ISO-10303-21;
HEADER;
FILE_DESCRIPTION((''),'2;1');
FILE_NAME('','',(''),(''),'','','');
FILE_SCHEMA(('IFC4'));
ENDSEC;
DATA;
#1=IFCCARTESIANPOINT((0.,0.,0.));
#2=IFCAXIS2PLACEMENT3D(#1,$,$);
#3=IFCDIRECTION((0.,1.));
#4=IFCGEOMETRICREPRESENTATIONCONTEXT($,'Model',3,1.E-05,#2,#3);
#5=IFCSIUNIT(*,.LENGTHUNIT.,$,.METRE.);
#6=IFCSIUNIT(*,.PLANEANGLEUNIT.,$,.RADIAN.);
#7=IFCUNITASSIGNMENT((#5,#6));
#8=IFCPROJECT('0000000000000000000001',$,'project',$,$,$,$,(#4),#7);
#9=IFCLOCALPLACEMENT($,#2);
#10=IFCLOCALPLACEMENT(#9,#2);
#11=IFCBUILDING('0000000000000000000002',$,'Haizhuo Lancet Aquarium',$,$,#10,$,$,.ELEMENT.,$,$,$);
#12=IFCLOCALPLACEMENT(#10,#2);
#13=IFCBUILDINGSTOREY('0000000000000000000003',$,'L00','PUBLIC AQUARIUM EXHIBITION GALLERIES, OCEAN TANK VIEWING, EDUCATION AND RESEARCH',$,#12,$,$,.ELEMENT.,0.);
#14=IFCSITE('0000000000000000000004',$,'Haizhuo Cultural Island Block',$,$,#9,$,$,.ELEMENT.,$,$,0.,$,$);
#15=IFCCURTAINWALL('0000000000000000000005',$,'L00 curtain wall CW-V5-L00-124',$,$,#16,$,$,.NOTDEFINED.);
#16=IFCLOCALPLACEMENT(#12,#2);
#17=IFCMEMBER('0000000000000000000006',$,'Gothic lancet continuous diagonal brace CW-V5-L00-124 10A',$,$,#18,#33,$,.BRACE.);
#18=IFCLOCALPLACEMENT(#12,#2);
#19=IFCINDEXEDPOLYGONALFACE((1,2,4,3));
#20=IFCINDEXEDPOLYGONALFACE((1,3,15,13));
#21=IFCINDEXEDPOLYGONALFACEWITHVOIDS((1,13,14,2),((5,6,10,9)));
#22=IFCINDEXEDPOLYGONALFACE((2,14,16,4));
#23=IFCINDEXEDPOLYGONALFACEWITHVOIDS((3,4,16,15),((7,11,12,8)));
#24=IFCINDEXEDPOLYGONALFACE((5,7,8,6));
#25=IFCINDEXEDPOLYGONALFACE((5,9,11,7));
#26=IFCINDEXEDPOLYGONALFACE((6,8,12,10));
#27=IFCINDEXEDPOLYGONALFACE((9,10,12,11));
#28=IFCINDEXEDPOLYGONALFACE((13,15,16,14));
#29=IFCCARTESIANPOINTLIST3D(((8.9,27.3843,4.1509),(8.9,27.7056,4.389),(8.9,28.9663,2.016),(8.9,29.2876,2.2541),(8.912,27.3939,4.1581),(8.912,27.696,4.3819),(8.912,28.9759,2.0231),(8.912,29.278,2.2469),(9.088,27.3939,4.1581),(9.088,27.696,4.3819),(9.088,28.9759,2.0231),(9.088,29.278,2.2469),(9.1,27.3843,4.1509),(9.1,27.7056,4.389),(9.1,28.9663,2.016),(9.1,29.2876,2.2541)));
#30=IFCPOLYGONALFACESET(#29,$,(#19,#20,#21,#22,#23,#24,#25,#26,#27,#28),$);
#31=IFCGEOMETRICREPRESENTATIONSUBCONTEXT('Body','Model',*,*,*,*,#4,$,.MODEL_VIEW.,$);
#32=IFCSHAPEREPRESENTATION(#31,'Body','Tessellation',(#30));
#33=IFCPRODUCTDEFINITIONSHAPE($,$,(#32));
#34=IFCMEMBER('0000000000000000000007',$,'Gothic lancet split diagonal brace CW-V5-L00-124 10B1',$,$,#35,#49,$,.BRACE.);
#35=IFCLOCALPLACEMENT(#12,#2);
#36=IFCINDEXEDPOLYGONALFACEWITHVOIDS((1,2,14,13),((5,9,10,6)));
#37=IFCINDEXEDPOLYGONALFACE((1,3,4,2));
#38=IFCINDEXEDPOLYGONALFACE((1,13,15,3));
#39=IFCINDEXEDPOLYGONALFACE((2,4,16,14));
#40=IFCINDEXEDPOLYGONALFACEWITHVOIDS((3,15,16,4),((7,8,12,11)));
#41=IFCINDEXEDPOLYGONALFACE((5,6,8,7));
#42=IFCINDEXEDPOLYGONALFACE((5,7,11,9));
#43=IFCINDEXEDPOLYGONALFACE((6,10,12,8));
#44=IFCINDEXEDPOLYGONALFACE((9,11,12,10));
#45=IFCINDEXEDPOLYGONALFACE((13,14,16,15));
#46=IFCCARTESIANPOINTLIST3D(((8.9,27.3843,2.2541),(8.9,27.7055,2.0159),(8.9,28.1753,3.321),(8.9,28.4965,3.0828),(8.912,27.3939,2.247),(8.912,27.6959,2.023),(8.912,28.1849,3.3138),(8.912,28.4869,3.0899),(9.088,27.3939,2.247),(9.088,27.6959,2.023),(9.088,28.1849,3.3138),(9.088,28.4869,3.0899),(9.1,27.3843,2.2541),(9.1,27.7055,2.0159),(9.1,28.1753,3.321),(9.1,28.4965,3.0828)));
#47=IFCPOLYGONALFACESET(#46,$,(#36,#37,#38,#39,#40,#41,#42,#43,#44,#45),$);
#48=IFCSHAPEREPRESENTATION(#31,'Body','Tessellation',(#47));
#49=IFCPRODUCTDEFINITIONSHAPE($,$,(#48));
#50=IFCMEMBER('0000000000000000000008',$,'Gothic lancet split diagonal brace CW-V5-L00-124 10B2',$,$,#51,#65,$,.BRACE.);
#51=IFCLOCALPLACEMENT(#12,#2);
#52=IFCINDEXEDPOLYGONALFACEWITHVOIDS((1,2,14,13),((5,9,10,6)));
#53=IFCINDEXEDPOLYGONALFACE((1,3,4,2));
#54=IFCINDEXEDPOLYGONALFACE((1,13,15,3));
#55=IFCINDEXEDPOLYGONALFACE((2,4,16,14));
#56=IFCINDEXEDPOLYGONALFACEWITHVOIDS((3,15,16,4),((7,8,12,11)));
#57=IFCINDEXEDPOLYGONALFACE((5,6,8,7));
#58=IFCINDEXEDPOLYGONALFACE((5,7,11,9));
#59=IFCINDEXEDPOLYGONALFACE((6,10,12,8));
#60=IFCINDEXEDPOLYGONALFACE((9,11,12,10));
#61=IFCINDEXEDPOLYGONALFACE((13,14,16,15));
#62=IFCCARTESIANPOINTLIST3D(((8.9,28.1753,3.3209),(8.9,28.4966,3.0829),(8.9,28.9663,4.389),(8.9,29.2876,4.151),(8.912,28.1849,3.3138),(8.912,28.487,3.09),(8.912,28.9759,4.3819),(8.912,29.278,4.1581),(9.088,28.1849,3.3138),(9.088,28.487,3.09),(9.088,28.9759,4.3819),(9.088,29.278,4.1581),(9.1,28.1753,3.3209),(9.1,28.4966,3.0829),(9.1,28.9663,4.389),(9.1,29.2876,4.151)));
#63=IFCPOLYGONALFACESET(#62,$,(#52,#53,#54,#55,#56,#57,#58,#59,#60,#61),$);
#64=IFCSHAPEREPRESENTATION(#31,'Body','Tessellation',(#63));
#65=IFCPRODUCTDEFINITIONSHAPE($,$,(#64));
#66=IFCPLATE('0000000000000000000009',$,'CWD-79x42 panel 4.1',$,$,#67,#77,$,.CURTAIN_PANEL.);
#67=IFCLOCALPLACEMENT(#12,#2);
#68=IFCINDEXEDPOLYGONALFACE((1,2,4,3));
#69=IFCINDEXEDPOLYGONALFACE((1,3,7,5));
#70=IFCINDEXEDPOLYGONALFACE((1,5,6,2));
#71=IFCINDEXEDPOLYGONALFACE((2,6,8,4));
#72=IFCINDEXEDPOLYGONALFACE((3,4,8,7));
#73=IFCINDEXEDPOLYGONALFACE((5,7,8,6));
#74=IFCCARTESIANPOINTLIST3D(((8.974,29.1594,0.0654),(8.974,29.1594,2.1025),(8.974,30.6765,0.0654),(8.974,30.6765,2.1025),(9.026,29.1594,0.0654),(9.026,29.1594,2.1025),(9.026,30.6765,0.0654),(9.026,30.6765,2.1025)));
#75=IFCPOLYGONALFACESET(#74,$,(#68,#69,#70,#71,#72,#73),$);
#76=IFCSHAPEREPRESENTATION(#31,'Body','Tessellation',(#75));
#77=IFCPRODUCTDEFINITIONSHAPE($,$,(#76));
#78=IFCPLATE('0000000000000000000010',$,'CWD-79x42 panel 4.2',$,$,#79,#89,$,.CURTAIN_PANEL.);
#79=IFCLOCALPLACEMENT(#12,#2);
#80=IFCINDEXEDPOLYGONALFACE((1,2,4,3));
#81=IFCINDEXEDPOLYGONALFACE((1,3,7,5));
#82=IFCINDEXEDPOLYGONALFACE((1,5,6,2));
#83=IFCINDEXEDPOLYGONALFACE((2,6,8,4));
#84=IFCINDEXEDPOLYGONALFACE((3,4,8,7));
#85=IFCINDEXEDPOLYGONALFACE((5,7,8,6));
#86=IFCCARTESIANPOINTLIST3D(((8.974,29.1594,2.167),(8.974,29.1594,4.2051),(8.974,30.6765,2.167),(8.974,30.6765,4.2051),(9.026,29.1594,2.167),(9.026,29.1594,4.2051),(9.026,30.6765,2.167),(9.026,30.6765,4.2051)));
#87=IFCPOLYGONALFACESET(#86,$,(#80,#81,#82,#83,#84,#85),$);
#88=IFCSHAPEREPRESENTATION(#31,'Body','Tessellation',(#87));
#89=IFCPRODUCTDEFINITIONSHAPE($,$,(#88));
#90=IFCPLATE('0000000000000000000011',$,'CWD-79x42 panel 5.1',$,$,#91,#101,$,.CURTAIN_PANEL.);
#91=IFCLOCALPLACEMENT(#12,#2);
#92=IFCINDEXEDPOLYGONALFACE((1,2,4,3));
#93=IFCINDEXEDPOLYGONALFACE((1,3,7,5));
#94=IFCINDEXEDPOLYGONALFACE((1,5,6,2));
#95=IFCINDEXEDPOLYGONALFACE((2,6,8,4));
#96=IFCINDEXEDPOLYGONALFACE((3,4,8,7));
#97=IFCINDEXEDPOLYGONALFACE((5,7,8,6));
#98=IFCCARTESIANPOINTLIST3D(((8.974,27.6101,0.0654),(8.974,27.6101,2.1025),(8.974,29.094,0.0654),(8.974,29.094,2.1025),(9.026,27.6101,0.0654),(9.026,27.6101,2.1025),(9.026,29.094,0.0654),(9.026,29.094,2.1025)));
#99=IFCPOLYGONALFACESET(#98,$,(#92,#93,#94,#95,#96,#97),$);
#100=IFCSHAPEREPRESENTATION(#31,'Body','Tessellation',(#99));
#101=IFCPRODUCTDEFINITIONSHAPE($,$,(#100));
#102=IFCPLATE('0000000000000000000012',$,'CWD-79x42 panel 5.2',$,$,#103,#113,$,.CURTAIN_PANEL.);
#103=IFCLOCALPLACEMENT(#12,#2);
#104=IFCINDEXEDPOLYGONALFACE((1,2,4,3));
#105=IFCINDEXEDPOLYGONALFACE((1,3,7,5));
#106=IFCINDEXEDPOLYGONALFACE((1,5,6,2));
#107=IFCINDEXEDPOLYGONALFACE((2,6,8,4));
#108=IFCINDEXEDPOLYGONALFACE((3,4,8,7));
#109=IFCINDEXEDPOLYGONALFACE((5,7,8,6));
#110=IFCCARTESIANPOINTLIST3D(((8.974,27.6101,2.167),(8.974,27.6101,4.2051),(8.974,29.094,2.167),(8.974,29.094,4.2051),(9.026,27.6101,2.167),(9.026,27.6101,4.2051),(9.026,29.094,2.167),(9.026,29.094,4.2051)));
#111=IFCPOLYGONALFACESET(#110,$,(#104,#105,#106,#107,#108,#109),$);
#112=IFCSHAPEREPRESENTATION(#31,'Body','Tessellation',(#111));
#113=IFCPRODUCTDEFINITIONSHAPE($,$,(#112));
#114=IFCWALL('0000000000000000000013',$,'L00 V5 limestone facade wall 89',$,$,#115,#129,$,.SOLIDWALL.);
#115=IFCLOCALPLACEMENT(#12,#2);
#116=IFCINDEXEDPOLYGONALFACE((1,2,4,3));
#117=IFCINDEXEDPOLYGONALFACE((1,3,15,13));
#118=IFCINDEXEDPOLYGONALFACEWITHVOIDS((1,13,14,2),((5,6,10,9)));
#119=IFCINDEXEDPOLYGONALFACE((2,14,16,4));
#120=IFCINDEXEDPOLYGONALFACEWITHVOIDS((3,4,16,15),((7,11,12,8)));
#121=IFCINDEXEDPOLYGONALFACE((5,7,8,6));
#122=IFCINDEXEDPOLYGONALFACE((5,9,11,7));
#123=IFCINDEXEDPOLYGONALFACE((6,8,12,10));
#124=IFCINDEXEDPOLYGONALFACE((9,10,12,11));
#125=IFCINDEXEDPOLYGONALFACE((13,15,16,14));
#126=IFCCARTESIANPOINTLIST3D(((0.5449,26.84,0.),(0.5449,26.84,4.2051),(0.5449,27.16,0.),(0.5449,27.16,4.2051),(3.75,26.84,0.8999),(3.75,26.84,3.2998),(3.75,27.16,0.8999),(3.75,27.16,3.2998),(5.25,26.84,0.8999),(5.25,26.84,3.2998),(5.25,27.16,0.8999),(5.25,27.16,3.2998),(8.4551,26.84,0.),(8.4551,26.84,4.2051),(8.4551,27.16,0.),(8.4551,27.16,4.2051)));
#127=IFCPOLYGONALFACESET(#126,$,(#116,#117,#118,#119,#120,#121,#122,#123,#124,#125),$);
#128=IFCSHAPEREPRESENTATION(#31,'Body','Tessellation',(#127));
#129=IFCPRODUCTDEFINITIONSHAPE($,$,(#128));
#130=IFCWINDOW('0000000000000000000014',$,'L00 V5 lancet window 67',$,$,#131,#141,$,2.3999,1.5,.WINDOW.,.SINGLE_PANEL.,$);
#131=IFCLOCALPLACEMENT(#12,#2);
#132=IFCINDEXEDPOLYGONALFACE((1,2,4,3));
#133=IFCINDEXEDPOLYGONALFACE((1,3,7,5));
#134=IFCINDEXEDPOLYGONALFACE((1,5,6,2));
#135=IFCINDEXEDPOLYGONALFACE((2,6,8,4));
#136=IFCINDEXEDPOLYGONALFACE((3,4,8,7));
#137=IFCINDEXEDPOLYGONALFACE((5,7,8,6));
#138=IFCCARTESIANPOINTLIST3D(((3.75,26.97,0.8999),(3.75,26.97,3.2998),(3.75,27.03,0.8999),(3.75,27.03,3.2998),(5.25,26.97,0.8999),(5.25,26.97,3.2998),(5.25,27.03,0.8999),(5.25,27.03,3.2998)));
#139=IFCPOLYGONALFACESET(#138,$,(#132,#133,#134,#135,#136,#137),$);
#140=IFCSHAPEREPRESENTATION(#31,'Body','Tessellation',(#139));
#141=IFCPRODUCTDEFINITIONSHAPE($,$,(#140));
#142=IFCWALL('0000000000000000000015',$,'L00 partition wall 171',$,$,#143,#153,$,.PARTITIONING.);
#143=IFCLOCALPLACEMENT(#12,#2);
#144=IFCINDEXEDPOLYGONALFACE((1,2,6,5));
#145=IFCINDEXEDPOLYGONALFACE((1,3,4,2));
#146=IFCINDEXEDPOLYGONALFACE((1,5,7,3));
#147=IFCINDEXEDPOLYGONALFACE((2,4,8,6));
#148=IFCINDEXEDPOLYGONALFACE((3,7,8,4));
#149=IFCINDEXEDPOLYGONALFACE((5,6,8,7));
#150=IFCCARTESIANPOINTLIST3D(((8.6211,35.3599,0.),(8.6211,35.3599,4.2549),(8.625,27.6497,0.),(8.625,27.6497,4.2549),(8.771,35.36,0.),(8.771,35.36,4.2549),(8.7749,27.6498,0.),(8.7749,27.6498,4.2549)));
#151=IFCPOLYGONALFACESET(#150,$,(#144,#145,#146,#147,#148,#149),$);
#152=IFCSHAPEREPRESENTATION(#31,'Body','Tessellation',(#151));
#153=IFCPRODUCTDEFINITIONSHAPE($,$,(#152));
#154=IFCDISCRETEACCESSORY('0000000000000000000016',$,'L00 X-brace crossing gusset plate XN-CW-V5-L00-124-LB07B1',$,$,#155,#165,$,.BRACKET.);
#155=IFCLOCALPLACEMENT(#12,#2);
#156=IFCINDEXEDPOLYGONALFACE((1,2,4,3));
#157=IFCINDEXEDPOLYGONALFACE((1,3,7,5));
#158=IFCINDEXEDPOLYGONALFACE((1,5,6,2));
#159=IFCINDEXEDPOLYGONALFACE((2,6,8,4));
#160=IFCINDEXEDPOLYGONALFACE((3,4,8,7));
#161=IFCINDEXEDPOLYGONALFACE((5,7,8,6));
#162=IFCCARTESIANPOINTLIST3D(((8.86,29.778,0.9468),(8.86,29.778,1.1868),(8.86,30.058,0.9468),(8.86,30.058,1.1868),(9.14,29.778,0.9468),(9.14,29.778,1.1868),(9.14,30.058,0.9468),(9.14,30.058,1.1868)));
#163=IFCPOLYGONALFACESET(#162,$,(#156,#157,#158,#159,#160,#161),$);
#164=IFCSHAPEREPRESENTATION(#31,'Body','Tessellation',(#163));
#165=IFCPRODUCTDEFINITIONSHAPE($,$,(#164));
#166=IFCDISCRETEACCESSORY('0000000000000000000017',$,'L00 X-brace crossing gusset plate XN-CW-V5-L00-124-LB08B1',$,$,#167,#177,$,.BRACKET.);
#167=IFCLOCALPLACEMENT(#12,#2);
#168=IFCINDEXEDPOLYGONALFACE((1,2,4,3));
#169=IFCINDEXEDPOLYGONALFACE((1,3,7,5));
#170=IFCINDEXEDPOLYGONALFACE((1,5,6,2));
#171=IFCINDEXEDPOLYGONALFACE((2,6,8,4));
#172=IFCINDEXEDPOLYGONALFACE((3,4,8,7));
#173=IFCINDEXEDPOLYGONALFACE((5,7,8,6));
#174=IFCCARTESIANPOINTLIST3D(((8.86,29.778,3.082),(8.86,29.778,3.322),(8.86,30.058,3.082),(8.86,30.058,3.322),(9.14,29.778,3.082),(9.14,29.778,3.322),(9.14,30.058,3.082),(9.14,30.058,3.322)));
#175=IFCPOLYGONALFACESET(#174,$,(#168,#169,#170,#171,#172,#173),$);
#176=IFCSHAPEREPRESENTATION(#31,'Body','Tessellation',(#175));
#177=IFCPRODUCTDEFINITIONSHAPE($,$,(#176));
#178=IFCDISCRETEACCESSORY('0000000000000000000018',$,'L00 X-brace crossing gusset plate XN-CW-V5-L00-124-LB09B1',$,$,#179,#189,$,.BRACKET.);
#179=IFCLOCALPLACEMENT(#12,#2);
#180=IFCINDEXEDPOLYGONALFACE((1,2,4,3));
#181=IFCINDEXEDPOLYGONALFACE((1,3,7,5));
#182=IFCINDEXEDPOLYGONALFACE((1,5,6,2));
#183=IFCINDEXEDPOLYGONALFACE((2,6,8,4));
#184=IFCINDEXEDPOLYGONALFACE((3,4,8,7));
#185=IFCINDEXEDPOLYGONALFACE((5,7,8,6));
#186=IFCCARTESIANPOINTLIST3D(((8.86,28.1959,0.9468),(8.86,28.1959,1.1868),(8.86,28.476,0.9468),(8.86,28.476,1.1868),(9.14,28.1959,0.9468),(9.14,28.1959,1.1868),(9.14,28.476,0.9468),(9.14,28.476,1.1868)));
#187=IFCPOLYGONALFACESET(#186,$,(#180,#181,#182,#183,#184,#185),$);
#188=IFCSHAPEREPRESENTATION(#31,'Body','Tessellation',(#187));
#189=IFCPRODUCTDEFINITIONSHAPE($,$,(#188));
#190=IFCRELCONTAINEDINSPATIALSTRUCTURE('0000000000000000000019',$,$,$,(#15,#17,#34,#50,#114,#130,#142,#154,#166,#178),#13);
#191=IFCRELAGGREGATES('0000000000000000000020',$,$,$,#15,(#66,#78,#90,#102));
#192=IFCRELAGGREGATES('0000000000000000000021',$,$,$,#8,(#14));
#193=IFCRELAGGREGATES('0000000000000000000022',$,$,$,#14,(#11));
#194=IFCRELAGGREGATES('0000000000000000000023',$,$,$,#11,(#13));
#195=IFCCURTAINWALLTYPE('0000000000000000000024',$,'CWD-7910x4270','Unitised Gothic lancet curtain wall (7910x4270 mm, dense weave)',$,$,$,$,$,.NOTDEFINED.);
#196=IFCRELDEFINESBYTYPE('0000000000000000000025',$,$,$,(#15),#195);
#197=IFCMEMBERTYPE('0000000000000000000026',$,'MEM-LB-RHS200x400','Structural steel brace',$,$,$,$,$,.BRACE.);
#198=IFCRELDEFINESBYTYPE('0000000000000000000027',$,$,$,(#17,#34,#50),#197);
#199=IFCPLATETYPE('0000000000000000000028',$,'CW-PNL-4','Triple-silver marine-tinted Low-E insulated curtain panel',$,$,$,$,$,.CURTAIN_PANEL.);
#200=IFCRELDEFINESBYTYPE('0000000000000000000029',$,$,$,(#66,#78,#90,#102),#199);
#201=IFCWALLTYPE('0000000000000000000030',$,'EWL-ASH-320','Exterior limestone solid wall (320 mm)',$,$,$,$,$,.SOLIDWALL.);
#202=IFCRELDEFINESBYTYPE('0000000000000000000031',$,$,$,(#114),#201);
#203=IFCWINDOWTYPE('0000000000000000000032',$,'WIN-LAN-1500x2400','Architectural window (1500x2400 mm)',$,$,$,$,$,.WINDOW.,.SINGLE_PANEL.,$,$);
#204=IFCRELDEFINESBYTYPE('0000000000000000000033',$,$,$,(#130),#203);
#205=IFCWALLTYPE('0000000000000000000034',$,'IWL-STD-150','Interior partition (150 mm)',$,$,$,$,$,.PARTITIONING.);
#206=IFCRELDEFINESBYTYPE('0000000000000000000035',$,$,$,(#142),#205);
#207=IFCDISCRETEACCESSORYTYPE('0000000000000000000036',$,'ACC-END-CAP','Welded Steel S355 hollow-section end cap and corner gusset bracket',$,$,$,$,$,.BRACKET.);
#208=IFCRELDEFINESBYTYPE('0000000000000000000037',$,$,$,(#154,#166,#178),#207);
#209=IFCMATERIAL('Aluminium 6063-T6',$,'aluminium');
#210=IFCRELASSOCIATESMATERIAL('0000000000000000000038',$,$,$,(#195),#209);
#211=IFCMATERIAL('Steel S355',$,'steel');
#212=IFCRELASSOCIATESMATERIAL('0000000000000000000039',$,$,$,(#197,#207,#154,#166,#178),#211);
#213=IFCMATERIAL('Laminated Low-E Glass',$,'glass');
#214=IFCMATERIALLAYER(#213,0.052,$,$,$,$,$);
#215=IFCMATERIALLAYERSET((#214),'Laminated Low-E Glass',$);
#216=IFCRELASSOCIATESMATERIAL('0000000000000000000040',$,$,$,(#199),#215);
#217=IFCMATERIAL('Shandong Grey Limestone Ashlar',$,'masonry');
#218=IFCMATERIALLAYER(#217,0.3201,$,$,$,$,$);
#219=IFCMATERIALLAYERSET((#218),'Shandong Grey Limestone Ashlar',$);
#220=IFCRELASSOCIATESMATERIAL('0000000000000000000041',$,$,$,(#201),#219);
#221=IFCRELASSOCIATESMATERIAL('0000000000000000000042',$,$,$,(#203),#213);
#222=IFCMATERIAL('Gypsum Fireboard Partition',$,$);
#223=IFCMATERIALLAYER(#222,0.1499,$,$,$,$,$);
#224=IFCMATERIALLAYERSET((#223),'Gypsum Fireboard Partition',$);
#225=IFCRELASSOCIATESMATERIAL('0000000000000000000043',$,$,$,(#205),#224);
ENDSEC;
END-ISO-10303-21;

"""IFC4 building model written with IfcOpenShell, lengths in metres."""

from ifc_helpers import new_model, si_unit, direction, frame, frame_2d, origin, origin_2d, place, context, subcontext, project, spatial, rectangle, hollow_rectangle, extrude, material, layer, layer_set, material_profile, profile_set, type_object, element, fill, aggregate, save


model = new_model("IFC4")

# Units and contexts
model_context = context("Model", 3, precision=1e-05, world=origin(), true_north=direction((0.0, 1.0)))
body_context = subcontext(model_context, "Body", "Model", "MODEL_VIEW")
ifc_project = project(units=[si_unit("LENGTHUNIT", "METRE"), si_unit("PLANEANGLEUNIT", "RADIAN")], contexts=[model_context])

# Site, building, storey
site_placement = place(None, origin())
site = spatial("IfcSite", under=ifc_project, at=site_placement, Name="Haizhuo Cultural Island Block", CompositionType="ELEMENT", RefElevation=0.0)
building_placement = place(site_placement, origin())
building = spatial("IfcBuilding", under=site, at=building_placement, Name="Haizhuo Lancet Aquarium", CompositionType="ELEMENT")
storey_placement = place(building_placement, origin())
storey = spatial("IfcBuildingStorey", under=building, at=storey_placement, Name="L00", Description="PUBLIC AQUARIUM EXHIBITION GALLERIES, OCEAN TANK VIEWING, EDUCATION AND RESEARCH", CompositionType="ELEMENT", Elevation=0.0)

# Curtain wall
ifc_material_1 = material(Name="Aluminium 6063-T6", Category="aluminium")
curtain_wall_type = type_object("IfcCurtainWallType", Name="CWD-7910x4270", Description="Unitised Gothic lancet curtain wall (7910x4270 mm, dense weave)", PredefinedType="NOTDEFINED", material=ifc_material_1)
curtain_wall_placement = place(storey_placement, origin())
curtain_wall = element("IfcCurtainWall", 1, at=curtain_wall_placement, inside=storey, type_object=curtain_wall_type, Name="L00 curtain wall CW-V5-L00-124", PredefinedType="NOTDEFINED")

# Members
ifc_material_2 = material(Name="Steel S355", Category="steel")
ifc_material_profile_1 = material_profile(ifc_material_2, hollow_rectangle(XDim=0.2, YDim=0.3999, WallThickness=0.012, at=origin_2d()), Name="RHS 200x400x12")
ifc_profile_set_1 = profile_set([ifc_material_profile_1], Name="Steel S355")
member_type_1 = type_object("IfcMemberType", Name="MEM-LB-RHS200x400", Description="Structural steel brace", PredefinedType="BRACE", material=ifc_profile_set_1)
member_1_placement = place(storey_placement, frame((9.0, 29.127, 2.135), z_axis=(0.0, -0.595359, 0.80346), x_axis=(1.0, 0.0, 0.0)))
element("IfcMember", 2, at=member_1_placement, inside=storey, type_object=member_type_1, Name="Gothic lancet continuous diagonal brace CW-V5-L00-124 10A", PredefinedType="BRACE", context=body_context, shape_type="SweptSolid", body=[
    extrude(hollow_rectangle(XDim=0.2, YDim=0.3999, WallThickness=0.012, at=origin_2d()), origin(), (0.0, 0.0, 1.0), 2.6572),
])
member_2_placement = place(storey_placement, frame((9.0, 27.5449, 2.135), z_axis=(0.0, 0.595579, 0.803297), x_axis=(-1.0, 0.0, 0.0)))
element("IfcMember", 3, at=member_2_placement, inside=storey, type_object=member_type_1, Name="Gothic lancet split diagonal brace CW-V5-L00-124 10B1", PredefinedType="BRACE", context=body_context, shape_type="SweptSolid", body=[
    extrude(hollow_rectangle(XDim=0.2, YDim=0.3999, WallThickness=0.012, at=origin_2d()), origin(), (0.0, 0.0, 1.0), 1.3281),
])
member_3_placement = place(storey_placement, frame((9.0, 28.3359, 3.2019), z_axis=(0.0, 0.59514, 0.803622), x_axis=(-1.0, 0.0, 0.0)))
element("IfcMember", 4, at=member_3_placement, inside=storey, type_object=member_type_1, Name="Gothic lancet split diagonal brace CW-V5-L00-124 10B2", PredefinedType="BRACE", context=body_context, shape_type="SweptSolid", body=[
    extrude(hollow_rectangle(XDim=0.2, YDim=0.3999, WallThickness=0.012, at=origin_2d()), origin(), (0.0, 0.0, 1.0), 1.3291),
])

# Plates
ifc_material_3 = material(Name="Laminated Low-E Glass", Category="glass")
ifc_layer_1 = layer(ifc_material_3, 0.052)
ifc_layer_set_1 = layer_set([ifc_layer_1], Name="Laminated Low-E Glass")
plate_type = type_object("IfcPlateType", Name="CW-PNL-4", Description="Triple-silver marine-tinted Low-E insulated curtain panel", PredefinedType="CURTAIN_PANEL", material=ifc_layer_set_1)
plate_1_placement = place(storey_placement, frame((9.0, 29.918, 0.0654), z_axis=(0.0, 0.0, 1.0), x_axis=(0.0, -1.0, 0.0)))
plate_1 = element("IfcPlate", 5, at=plate_1_placement, type_object=plate_type, Name="CWD-79x42 panel 4.1", PredefinedType="CURTAIN_PANEL", context=body_context, shape_type="SweptSolid", body=[
    extrude(rectangle(XDim=1.5171, YDim=0.052, at=origin_2d()), origin(), (0.0, 0.0, 1.0), 2.0371),
])
plate_2_placement = place(storey_placement, frame((9.0, 29.918, 2.167), z_axis=(0.0, 0.0, 1.0), x_axis=(0.0, -1.0, 0.0)))
plate_2 = element("IfcPlate", 6, at=plate_2_placement, type_object=plate_type, Name="CWD-79x42 panel 4.2", PredefinedType="CURTAIN_PANEL", context=body_context, shape_type="SweptSolid", body=[
    extrude(rectangle(XDim=1.5171, YDim=0.052, at=origin_2d()), origin(), (0.0, 0.0, 1.0), 2.0381),
])
plate_3_placement = place(storey_placement, frame((9.0, 28.3521, 0.0654), z_axis=(0.0, 0.0, 1.0), x_axis=(0.0, -1.0, 0.0)))
plate_3 = element("IfcPlate", 7, at=plate_3_placement, type_object=plate_type, Name="CWD-79x42 panel 5.1", PredefinedType="CURTAIN_PANEL", context=body_context, shape_type="SweptSolid", body=[
    extrude(rectangle(XDim=1.4839, YDim=0.052, at=origin_2d()), origin(), (0.0, 0.0, 1.0), 2.0371),
])
plate_4_placement = place(storey_placement, frame((9.0, 28.3521, 2.167), z_axis=(0.0, 0.0, 1.0), x_axis=(0.0, -1.0, 0.0)))
plate_4 = element("IfcPlate", 8, at=plate_4_placement, type_object=plate_type, Name="CWD-79x42 panel 5.2", PredefinedType="CURTAIN_PANEL", context=body_context, shape_type="SweptSolid", body=[
    extrude(rectangle(XDim=1.4839, YDim=0.052, at=origin_2d()), origin(), (0.0, 0.0, 1.0), 2.0381),
])
aggregate(curtain_wall, [plate_1, plate_2, plate_3, plate_4])

# Wall, opening, window
ifc_material_4 = material(Name="Shandong Grey Limestone Ashlar", Category="masonry")
ifc_layer_2 = layer(ifc_material_4, 0.3201)
ifc_layer_set_2 = layer_set([ifc_layer_2], Name="Shandong Grey Limestone Ashlar")
wall_type_1 = type_object("IfcWallType", Name="EWL-ASH-320", Description="Exterior limestone solid wall (320 mm)", PredefinedType="SOLIDWALL", material=ifc_layer_set_2)
wall_1_placement = place(storey_placement, frame((8.4551, 27.0, 0.0), z_axis=(0.0, 0.0, 1.0), x_axis=(-1.0, 0.0, 0.0)))
wall_1 = element("IfcWall", 9, at=wall_1_placement, inside=storey, type_object=wall_type_1, Name="L00 V5 limestone facade wall 89", PredefinedType="SOLIDWALL", context=body_context, shape_type="SweptSolid", body=[
    extrude(rectangle(XDim=7.9102, YDim=0.3201, at=frame_2d((3.9551, 0.0))), origin(), (0.0, 0.0, 1.0), 4.2051),
])
opening_placement = place(wall_1_placement, frame((3.2051, 0.0, 0.8999)))
opening = element("IfcOpeningElement", 10, at=opening_placement, cuts=wall_1, PredefinedType="OPENING", context=body_context, shape_type="SweptSolid", body=[
    extrude(rectangle(XDim=1.5, YDim=2.3999, at=frame_2d((0.75, 1.2))), frame((0.0, 0.1699, 0.0), z_axis=(0.0, -1.0, 0.0), x_axis=(1.0, 0.0, 0.0)), (0.0, 0.0, 1.0), 0.3401),
])
window_type = type_object("IfcWindowType", Name="WIN-LAN-1500x2400", Description="Architectural window (1500x2400 mm)", PartitioningType="SINGLE_PANEL", PredefinedType="WINDOW", material=ifc_material_3)
window_placement = place(opening_placement, origin())
window = element("IfcWindow", 11, at=window_placement, inside=storey, type_object=window_type, Name="L00 V5 lancet window 67", OverallHeight=2.3999, OverallWidth=1.5, PartitioningType="SINGLE_PANEL", PredefinedType="WINDOW", context=body_context, shape_type="SweptSolid", body=[
    extrude(rectangle(XDim=1.5, YDim=2.3999, at=frame_2d((0.75, 1.2))), frame((0.0, 0.03, 0.0), z_axis=(0.0, -1.0, 0.0), x_axis=(1.0, 0.0, 0.0)), (0.0, 0.0, 1.0), 0.0601),
])
fill(opening, window)

# Wall
ifc_material_5 = material(Name="Gypsum Fireboard Partition")
ifc_layer_3 = layer(ifc_material_5, 0.1499)
ifc_layer_set_3 = layer_set([ifc_layer_3], Name="Gypsum Fireboard Partition")
wall_type_2 = type_object("IfcWallType", Name="IWL-STD-150", Description="Interior partition (150 mm)", PredefinedType="PARTITIONING", material=ifc_layer_set_3)
wall_2_placement = place(storey_placement, frame((8.7, 27.6499, 0.0), z_axis=(0.0, 0.0, 1.0), x_axis=(-0.000507, 1.0, 0.0)))
element("IfcWall", 12, at=wall_2_placement, inside=storey, type_object=wall_type_2, Name="L00 partition wall 171", PredefinedType="PARTITIONING", context=body_context, shape_type="SweptSolid", body=[
    extrude(rectangle(XDim=7.7102, YDim=0.1499, at=frame_2d((3.855, 0.0))), origin(), (0.0, 0.0, 1.0), 4.2549),
])

# Discrete accessories
discrete_accessory_type = type_object("IfcDiscreteAccessoryType", Name="ACC-END-CAP", Description="Welded Steel S355 hollow-section end cap and corner gusset bracket", PredefinedType="BRACKET", material=ifc_material_2)
for number, where, z_axis, x_axis, name in (
    (13, (9.0, 29.918, 0.9468), (0.0, 0.0, 1.0), (1.0, 0.0, 0.0), "L00 X-brace crossing gusset plate XN-CW-V5-L00-124-LB07B1"),
    (14, (9.0, 29.918, 3.082), (0.0, 0.0, 1.0), (1.0, 0.0, 0.0), "L00 X-brace crossing gusset plate XN-CW-V5-L00-124-LB08B1"),
    (15, (9.0, 28.3359, 0.9468), (0.0, 0.0, 1.0), (1.0, 0.0, 0.0), "L00 X-brace crossing gusset plate XN-CW-V5-L00-124-LB09B1"),
):
    element("IfcDiscreteAccessory", number, at=place(storey_placement, frame(where, z_axis=z_axis, x_axis=x_axis)), inside=storey, type_object=discrete_accessory_type, material=ifc_material_2, Name=name, PredefinedType="BRACKET", context=body_context, shape_type="SweptSolid", body=[
        extrude(rectangle(XDim=0.28, YDim=0.28, at=origin_2d()), origin(), (0.0, 0.0, 1.0), 0.24),
    ])

save(model, "model.ifc")
